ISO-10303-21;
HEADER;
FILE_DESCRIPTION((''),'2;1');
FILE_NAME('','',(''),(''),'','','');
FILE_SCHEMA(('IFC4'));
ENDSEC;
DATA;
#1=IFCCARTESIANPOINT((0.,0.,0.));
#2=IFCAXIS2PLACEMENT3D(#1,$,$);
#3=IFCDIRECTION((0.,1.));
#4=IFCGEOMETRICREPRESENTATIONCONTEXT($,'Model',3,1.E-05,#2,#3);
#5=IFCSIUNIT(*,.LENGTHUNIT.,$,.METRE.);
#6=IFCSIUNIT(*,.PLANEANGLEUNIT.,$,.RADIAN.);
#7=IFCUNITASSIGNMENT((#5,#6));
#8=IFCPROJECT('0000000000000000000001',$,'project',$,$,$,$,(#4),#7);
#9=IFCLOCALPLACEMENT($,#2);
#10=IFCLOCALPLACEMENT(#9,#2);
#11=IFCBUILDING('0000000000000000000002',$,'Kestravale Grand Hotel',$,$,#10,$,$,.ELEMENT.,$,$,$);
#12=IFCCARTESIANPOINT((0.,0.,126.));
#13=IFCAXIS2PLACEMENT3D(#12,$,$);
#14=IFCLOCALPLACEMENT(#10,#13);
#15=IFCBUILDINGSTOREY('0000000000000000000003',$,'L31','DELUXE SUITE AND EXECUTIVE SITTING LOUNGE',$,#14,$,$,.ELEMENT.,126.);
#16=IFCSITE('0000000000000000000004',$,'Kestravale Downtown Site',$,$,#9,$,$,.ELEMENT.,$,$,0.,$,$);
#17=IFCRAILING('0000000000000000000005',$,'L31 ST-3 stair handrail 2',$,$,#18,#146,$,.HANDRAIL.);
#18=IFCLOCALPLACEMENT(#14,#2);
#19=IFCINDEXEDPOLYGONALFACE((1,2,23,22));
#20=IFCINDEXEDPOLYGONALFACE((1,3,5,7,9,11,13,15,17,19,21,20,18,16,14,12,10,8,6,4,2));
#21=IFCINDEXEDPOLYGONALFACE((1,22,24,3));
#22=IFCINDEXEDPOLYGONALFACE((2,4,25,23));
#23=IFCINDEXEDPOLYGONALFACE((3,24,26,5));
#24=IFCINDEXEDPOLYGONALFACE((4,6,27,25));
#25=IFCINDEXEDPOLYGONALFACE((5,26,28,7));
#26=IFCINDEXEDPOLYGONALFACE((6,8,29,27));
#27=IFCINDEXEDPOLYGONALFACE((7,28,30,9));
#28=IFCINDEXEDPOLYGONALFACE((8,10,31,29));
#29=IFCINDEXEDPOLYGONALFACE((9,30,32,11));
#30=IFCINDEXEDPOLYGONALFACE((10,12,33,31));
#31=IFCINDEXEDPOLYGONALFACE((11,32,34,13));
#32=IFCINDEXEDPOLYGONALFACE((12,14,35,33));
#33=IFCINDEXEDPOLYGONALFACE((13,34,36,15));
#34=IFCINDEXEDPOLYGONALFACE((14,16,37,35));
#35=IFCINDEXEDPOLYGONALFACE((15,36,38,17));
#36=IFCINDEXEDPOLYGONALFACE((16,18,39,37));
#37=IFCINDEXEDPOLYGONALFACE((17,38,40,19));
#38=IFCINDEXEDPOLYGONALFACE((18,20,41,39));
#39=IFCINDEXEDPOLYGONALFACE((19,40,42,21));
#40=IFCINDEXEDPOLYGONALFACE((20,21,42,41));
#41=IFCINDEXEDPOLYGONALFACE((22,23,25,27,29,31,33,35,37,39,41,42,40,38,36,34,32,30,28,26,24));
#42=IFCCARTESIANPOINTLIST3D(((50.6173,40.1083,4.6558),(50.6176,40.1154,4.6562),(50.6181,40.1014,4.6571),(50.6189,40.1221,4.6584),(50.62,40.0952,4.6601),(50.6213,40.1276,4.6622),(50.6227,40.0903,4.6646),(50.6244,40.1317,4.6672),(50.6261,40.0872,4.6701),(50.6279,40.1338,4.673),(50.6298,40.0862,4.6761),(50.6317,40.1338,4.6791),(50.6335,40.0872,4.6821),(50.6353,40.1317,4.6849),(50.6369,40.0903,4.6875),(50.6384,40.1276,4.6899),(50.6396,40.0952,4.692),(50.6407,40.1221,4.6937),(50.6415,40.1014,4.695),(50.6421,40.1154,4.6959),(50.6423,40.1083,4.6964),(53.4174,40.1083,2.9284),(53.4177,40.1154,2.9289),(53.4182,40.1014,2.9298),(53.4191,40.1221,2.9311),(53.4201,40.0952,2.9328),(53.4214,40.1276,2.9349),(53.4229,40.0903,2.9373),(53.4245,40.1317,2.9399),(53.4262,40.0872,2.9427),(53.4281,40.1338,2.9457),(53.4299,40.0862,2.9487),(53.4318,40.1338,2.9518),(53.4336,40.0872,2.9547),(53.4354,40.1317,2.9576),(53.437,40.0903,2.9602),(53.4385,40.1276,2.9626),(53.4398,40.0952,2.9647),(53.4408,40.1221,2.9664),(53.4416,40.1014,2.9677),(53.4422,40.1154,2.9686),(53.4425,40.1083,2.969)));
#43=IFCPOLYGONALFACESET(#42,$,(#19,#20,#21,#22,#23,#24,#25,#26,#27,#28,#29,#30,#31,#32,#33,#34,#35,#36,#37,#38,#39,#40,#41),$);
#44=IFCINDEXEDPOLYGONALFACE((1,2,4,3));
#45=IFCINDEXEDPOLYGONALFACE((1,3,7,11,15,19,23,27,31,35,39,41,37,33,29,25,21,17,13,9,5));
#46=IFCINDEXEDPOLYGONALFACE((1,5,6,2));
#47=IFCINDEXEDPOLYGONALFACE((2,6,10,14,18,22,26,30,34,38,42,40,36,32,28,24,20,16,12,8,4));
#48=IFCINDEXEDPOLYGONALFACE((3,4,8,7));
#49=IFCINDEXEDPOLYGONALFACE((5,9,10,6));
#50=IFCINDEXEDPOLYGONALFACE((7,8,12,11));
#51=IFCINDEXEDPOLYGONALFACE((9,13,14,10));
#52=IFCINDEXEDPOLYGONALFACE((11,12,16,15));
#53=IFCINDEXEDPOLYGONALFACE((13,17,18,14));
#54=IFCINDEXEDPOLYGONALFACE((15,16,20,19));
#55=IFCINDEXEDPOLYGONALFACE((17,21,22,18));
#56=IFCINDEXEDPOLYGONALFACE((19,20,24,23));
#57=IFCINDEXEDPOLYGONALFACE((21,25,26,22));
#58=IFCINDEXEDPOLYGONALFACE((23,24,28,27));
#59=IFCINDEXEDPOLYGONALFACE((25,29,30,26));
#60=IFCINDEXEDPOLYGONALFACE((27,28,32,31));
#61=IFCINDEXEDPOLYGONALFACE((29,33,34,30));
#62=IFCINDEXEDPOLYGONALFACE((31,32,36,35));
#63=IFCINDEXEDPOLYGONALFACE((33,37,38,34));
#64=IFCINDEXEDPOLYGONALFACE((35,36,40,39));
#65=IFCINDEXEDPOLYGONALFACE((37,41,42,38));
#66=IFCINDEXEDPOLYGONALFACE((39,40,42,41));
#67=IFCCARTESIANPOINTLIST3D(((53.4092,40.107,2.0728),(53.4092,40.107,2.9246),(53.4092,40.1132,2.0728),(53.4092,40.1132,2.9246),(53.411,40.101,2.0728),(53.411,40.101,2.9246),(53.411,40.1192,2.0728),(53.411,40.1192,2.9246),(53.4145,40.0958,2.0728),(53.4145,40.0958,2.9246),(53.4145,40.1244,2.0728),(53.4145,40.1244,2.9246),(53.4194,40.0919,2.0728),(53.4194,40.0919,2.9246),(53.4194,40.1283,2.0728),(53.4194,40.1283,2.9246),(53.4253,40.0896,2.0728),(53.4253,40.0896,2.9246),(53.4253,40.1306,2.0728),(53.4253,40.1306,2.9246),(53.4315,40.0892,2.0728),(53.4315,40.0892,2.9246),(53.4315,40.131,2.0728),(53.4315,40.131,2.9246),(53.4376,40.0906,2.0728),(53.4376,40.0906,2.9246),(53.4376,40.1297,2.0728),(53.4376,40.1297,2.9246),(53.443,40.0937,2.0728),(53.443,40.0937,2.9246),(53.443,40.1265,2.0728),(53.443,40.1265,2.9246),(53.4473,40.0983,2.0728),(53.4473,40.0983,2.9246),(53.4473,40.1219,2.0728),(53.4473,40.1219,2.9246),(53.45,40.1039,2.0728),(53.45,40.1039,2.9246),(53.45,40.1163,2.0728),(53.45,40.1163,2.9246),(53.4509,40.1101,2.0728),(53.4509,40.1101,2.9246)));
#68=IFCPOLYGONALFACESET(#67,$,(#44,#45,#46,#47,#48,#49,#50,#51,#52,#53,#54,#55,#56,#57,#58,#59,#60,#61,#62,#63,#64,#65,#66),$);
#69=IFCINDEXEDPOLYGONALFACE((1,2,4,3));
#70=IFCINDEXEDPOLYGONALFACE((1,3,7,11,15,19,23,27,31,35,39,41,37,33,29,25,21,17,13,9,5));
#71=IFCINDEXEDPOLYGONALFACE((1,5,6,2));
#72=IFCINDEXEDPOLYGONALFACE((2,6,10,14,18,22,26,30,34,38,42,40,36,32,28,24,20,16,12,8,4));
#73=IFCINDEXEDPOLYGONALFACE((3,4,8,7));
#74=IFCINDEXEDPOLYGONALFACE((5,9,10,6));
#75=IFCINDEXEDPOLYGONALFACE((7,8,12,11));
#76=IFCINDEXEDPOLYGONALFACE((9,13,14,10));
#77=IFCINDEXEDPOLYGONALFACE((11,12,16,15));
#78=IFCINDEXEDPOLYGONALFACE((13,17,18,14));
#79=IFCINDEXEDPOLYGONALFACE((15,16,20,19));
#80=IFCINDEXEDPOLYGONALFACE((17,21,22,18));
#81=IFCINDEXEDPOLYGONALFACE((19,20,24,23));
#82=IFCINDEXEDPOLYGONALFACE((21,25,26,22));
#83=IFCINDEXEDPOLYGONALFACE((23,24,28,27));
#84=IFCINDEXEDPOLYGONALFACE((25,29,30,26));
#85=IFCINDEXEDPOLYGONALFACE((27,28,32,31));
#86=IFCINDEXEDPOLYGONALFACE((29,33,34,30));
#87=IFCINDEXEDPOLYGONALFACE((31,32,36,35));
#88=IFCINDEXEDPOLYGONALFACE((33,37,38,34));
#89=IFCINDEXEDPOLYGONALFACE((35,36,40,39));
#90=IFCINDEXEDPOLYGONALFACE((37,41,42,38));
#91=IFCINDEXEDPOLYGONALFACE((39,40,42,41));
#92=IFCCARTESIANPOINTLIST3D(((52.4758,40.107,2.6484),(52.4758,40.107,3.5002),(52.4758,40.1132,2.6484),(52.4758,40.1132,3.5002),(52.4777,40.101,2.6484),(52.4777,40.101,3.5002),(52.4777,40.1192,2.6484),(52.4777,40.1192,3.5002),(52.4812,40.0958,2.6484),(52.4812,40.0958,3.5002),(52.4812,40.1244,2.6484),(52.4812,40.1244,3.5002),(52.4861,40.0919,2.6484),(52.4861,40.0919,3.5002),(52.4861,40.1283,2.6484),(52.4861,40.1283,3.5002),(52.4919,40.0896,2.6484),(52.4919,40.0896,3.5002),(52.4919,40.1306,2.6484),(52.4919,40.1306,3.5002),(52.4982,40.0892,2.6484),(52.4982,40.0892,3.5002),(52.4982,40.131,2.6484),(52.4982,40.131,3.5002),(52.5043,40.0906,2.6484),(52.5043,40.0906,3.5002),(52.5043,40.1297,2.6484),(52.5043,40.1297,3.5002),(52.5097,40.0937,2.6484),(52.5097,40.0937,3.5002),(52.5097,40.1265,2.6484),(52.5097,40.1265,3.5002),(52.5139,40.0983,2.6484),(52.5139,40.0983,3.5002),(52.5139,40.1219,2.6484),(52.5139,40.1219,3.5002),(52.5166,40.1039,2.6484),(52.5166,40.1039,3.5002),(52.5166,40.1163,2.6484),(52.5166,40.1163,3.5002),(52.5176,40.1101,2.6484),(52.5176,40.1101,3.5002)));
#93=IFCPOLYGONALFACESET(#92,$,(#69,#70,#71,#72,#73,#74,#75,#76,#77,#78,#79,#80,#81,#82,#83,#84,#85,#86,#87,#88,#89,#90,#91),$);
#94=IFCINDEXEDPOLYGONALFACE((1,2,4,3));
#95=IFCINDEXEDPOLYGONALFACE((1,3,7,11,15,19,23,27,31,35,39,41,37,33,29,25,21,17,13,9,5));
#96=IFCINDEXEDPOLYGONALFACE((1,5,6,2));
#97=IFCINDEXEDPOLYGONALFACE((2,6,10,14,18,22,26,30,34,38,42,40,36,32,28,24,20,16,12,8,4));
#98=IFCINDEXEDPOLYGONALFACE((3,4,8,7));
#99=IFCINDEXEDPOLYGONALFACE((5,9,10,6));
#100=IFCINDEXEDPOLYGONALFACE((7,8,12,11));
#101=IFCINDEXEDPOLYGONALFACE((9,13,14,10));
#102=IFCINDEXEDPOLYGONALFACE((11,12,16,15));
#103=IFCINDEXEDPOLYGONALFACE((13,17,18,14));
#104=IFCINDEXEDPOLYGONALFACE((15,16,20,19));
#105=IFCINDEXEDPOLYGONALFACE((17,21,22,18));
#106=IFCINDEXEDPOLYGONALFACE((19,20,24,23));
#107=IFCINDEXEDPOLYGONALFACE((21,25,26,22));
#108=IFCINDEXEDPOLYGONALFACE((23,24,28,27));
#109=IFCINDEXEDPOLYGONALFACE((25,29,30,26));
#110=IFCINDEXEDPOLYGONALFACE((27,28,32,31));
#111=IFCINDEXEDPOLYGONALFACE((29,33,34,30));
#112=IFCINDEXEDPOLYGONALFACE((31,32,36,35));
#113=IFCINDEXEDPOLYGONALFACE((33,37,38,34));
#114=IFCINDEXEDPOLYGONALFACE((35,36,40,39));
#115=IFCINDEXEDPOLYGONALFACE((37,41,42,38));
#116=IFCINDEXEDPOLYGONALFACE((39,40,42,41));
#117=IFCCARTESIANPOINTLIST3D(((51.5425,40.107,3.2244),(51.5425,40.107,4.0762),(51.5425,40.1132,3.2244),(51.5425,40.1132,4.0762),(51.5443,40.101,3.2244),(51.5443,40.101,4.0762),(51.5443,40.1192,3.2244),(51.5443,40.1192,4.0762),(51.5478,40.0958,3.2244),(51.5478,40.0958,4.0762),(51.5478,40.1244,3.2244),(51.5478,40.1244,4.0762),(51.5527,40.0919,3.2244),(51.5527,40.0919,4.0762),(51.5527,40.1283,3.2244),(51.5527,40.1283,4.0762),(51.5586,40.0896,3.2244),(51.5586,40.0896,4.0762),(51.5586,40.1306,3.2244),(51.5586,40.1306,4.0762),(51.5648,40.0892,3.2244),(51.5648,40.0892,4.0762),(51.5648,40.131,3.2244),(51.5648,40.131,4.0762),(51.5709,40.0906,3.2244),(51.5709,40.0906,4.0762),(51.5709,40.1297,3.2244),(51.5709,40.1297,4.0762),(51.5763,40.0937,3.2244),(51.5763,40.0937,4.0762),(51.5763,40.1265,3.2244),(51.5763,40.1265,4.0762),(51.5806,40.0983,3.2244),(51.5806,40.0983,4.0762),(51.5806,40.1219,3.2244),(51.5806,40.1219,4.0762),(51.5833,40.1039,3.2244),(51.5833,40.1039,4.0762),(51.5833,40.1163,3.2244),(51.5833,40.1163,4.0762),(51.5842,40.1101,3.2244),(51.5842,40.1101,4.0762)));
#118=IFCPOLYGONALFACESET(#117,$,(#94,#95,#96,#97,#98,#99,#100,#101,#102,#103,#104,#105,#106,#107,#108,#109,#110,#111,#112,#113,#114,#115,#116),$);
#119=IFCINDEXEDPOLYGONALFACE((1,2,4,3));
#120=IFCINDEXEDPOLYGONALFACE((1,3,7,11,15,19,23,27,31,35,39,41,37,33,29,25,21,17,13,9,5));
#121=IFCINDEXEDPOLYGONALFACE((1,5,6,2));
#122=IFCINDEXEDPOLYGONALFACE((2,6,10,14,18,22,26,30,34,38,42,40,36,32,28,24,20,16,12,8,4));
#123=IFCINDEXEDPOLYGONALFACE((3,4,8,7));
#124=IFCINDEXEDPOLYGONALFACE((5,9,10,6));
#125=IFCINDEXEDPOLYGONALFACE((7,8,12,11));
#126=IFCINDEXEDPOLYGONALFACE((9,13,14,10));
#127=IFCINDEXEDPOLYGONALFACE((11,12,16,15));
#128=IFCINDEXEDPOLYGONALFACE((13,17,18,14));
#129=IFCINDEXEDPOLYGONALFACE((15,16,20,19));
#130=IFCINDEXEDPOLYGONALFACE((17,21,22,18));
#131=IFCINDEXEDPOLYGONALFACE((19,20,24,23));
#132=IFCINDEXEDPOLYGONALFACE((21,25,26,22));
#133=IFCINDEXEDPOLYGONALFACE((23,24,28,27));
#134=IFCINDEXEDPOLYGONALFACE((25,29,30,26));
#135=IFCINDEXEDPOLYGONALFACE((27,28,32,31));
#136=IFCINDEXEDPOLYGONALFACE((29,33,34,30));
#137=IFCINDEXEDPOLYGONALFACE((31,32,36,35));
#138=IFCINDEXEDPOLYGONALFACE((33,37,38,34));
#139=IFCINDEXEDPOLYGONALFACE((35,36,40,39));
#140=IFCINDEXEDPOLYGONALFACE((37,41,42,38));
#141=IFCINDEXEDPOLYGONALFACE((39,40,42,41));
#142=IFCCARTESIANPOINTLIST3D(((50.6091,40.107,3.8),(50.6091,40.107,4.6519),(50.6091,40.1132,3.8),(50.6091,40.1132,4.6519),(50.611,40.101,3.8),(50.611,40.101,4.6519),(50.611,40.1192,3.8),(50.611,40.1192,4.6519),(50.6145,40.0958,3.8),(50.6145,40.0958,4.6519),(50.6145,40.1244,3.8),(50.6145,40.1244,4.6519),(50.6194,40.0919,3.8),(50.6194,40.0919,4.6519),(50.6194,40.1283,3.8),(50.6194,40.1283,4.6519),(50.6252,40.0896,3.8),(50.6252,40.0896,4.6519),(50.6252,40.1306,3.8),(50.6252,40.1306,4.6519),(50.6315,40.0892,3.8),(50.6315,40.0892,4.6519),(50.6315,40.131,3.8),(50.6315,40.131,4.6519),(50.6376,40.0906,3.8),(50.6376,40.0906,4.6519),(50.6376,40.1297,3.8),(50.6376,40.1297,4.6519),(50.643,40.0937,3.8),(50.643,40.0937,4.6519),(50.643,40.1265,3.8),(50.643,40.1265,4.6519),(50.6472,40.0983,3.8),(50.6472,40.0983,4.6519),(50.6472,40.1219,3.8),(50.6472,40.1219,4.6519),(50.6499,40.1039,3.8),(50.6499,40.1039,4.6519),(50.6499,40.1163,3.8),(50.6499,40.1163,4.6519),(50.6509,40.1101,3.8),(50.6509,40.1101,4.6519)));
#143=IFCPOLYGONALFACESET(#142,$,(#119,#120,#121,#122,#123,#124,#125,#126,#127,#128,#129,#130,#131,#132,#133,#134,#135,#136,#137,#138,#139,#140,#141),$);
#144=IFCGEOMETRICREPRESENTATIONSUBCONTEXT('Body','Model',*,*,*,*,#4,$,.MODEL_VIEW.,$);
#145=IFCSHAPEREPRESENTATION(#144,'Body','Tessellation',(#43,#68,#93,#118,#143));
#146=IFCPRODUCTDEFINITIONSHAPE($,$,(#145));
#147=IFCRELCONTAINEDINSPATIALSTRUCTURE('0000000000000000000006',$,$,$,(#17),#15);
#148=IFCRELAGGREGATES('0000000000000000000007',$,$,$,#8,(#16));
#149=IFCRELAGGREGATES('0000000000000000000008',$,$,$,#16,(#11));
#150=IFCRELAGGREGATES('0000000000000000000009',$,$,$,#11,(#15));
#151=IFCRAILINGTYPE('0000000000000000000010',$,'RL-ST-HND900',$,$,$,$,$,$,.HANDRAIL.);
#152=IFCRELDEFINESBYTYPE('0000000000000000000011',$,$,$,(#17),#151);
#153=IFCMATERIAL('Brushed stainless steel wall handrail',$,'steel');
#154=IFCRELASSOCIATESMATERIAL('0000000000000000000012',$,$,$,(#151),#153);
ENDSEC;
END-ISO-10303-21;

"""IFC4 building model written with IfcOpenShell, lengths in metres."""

from ifc_helpers import new_model, si_unit, direction, frame, origin, origin_2d, place, context, subcontext, project, spatial, circle, extrude, material, type_object, element, save


model = new_model("IFC4")

# Units and contexts
model_context = context("Model", 3, precision=1e-05, world=origin(), true_north=direction((0.0, 1.0)))
body_context = subcontext(model_context, "Body", "Model", "MODEL_VIEW")
ifc_project = project(units=[si_unit("LENGTHUNIT", "METRE"), si_unit("PLANEANGLEUNIT", "RADIAN")], contexts=[model_context])

# Site, building, storey
site_placement = place(None, origin())
site = spatial("IfcSite", under=ifc_project, at=site_placement, Name="Kestravale Downtown Site", CompositionType="ELEMENT", RefElevation=0.0)
building_placement = place(site_placement, origin())
building = spatial("IfcBuilding", under=site, at=building_placement, Name="Kestravale Grand Hotel", CompositionType="ELEMENT")
storey_placement = place(building_placement, frame((0.0, 0.0, 126.0)))
storey = spatial("IfcBuildingStorey", under=building, at=storey_placement, Name="L31", Description="DELUXE SUITE AND EXECUTIVE SITTING LOUNGE", CompositionType="ELEMENT", Elevation=126.0)

# Railing
ifc_material_1 = material(Name="Brushed stainless steel wall handrail", Category="steel")
railing_type_1 = type_object("IfcRailingType", Name="RL-ST-HND900", PredefinedType="HANDRAIL", material=ifc_material_1)
railing_1_placement = place(storey_placement, frame((53.4299, 40.1101, 2.0728)))
element("IfcRailing", 1, at=railing_1_placement, inside=storey, type_object=railing_type_1, Name="L31 ST-3 stair handrail 2", PredefinedType="HANDRAIL", context=body_context, shape_type="SweptSolid", body=[
    extrude(circle(Radius=0.0239, at=origin_2d()), frame((0.0, 0.0, 0.876), z_axis=(-0.85109, 0.0, 0.52502), x_axis=(0.0, -1.0, 0.0)), (0.0, 0.0, 1.0), 3.29),
    extrude(circle(Radius=0.021, at=origin_2d()), origin(), (0.0, 0.0, 1.0), 0.8518),
    extrude(circle(Radius=0.021, at=origin_2d()), frame((-0.9333, 0.0, 0.5757)), (0.0, 0.0, 1.0), 0.8518),
    extrude(circle(Radius=0.021, at=origin_2d()), frame((-1.8667, 0.0, 1.1516)), (0.0, 0.0, 1.0), 0.8518),
    extrude(circle(Radius=0.021, at=origin_2d()), frame((-2.8, 0.0, 1.7273)), (0.0, 0.0, 1.0), 0.8518),
])

save(model, "model.ifc")
